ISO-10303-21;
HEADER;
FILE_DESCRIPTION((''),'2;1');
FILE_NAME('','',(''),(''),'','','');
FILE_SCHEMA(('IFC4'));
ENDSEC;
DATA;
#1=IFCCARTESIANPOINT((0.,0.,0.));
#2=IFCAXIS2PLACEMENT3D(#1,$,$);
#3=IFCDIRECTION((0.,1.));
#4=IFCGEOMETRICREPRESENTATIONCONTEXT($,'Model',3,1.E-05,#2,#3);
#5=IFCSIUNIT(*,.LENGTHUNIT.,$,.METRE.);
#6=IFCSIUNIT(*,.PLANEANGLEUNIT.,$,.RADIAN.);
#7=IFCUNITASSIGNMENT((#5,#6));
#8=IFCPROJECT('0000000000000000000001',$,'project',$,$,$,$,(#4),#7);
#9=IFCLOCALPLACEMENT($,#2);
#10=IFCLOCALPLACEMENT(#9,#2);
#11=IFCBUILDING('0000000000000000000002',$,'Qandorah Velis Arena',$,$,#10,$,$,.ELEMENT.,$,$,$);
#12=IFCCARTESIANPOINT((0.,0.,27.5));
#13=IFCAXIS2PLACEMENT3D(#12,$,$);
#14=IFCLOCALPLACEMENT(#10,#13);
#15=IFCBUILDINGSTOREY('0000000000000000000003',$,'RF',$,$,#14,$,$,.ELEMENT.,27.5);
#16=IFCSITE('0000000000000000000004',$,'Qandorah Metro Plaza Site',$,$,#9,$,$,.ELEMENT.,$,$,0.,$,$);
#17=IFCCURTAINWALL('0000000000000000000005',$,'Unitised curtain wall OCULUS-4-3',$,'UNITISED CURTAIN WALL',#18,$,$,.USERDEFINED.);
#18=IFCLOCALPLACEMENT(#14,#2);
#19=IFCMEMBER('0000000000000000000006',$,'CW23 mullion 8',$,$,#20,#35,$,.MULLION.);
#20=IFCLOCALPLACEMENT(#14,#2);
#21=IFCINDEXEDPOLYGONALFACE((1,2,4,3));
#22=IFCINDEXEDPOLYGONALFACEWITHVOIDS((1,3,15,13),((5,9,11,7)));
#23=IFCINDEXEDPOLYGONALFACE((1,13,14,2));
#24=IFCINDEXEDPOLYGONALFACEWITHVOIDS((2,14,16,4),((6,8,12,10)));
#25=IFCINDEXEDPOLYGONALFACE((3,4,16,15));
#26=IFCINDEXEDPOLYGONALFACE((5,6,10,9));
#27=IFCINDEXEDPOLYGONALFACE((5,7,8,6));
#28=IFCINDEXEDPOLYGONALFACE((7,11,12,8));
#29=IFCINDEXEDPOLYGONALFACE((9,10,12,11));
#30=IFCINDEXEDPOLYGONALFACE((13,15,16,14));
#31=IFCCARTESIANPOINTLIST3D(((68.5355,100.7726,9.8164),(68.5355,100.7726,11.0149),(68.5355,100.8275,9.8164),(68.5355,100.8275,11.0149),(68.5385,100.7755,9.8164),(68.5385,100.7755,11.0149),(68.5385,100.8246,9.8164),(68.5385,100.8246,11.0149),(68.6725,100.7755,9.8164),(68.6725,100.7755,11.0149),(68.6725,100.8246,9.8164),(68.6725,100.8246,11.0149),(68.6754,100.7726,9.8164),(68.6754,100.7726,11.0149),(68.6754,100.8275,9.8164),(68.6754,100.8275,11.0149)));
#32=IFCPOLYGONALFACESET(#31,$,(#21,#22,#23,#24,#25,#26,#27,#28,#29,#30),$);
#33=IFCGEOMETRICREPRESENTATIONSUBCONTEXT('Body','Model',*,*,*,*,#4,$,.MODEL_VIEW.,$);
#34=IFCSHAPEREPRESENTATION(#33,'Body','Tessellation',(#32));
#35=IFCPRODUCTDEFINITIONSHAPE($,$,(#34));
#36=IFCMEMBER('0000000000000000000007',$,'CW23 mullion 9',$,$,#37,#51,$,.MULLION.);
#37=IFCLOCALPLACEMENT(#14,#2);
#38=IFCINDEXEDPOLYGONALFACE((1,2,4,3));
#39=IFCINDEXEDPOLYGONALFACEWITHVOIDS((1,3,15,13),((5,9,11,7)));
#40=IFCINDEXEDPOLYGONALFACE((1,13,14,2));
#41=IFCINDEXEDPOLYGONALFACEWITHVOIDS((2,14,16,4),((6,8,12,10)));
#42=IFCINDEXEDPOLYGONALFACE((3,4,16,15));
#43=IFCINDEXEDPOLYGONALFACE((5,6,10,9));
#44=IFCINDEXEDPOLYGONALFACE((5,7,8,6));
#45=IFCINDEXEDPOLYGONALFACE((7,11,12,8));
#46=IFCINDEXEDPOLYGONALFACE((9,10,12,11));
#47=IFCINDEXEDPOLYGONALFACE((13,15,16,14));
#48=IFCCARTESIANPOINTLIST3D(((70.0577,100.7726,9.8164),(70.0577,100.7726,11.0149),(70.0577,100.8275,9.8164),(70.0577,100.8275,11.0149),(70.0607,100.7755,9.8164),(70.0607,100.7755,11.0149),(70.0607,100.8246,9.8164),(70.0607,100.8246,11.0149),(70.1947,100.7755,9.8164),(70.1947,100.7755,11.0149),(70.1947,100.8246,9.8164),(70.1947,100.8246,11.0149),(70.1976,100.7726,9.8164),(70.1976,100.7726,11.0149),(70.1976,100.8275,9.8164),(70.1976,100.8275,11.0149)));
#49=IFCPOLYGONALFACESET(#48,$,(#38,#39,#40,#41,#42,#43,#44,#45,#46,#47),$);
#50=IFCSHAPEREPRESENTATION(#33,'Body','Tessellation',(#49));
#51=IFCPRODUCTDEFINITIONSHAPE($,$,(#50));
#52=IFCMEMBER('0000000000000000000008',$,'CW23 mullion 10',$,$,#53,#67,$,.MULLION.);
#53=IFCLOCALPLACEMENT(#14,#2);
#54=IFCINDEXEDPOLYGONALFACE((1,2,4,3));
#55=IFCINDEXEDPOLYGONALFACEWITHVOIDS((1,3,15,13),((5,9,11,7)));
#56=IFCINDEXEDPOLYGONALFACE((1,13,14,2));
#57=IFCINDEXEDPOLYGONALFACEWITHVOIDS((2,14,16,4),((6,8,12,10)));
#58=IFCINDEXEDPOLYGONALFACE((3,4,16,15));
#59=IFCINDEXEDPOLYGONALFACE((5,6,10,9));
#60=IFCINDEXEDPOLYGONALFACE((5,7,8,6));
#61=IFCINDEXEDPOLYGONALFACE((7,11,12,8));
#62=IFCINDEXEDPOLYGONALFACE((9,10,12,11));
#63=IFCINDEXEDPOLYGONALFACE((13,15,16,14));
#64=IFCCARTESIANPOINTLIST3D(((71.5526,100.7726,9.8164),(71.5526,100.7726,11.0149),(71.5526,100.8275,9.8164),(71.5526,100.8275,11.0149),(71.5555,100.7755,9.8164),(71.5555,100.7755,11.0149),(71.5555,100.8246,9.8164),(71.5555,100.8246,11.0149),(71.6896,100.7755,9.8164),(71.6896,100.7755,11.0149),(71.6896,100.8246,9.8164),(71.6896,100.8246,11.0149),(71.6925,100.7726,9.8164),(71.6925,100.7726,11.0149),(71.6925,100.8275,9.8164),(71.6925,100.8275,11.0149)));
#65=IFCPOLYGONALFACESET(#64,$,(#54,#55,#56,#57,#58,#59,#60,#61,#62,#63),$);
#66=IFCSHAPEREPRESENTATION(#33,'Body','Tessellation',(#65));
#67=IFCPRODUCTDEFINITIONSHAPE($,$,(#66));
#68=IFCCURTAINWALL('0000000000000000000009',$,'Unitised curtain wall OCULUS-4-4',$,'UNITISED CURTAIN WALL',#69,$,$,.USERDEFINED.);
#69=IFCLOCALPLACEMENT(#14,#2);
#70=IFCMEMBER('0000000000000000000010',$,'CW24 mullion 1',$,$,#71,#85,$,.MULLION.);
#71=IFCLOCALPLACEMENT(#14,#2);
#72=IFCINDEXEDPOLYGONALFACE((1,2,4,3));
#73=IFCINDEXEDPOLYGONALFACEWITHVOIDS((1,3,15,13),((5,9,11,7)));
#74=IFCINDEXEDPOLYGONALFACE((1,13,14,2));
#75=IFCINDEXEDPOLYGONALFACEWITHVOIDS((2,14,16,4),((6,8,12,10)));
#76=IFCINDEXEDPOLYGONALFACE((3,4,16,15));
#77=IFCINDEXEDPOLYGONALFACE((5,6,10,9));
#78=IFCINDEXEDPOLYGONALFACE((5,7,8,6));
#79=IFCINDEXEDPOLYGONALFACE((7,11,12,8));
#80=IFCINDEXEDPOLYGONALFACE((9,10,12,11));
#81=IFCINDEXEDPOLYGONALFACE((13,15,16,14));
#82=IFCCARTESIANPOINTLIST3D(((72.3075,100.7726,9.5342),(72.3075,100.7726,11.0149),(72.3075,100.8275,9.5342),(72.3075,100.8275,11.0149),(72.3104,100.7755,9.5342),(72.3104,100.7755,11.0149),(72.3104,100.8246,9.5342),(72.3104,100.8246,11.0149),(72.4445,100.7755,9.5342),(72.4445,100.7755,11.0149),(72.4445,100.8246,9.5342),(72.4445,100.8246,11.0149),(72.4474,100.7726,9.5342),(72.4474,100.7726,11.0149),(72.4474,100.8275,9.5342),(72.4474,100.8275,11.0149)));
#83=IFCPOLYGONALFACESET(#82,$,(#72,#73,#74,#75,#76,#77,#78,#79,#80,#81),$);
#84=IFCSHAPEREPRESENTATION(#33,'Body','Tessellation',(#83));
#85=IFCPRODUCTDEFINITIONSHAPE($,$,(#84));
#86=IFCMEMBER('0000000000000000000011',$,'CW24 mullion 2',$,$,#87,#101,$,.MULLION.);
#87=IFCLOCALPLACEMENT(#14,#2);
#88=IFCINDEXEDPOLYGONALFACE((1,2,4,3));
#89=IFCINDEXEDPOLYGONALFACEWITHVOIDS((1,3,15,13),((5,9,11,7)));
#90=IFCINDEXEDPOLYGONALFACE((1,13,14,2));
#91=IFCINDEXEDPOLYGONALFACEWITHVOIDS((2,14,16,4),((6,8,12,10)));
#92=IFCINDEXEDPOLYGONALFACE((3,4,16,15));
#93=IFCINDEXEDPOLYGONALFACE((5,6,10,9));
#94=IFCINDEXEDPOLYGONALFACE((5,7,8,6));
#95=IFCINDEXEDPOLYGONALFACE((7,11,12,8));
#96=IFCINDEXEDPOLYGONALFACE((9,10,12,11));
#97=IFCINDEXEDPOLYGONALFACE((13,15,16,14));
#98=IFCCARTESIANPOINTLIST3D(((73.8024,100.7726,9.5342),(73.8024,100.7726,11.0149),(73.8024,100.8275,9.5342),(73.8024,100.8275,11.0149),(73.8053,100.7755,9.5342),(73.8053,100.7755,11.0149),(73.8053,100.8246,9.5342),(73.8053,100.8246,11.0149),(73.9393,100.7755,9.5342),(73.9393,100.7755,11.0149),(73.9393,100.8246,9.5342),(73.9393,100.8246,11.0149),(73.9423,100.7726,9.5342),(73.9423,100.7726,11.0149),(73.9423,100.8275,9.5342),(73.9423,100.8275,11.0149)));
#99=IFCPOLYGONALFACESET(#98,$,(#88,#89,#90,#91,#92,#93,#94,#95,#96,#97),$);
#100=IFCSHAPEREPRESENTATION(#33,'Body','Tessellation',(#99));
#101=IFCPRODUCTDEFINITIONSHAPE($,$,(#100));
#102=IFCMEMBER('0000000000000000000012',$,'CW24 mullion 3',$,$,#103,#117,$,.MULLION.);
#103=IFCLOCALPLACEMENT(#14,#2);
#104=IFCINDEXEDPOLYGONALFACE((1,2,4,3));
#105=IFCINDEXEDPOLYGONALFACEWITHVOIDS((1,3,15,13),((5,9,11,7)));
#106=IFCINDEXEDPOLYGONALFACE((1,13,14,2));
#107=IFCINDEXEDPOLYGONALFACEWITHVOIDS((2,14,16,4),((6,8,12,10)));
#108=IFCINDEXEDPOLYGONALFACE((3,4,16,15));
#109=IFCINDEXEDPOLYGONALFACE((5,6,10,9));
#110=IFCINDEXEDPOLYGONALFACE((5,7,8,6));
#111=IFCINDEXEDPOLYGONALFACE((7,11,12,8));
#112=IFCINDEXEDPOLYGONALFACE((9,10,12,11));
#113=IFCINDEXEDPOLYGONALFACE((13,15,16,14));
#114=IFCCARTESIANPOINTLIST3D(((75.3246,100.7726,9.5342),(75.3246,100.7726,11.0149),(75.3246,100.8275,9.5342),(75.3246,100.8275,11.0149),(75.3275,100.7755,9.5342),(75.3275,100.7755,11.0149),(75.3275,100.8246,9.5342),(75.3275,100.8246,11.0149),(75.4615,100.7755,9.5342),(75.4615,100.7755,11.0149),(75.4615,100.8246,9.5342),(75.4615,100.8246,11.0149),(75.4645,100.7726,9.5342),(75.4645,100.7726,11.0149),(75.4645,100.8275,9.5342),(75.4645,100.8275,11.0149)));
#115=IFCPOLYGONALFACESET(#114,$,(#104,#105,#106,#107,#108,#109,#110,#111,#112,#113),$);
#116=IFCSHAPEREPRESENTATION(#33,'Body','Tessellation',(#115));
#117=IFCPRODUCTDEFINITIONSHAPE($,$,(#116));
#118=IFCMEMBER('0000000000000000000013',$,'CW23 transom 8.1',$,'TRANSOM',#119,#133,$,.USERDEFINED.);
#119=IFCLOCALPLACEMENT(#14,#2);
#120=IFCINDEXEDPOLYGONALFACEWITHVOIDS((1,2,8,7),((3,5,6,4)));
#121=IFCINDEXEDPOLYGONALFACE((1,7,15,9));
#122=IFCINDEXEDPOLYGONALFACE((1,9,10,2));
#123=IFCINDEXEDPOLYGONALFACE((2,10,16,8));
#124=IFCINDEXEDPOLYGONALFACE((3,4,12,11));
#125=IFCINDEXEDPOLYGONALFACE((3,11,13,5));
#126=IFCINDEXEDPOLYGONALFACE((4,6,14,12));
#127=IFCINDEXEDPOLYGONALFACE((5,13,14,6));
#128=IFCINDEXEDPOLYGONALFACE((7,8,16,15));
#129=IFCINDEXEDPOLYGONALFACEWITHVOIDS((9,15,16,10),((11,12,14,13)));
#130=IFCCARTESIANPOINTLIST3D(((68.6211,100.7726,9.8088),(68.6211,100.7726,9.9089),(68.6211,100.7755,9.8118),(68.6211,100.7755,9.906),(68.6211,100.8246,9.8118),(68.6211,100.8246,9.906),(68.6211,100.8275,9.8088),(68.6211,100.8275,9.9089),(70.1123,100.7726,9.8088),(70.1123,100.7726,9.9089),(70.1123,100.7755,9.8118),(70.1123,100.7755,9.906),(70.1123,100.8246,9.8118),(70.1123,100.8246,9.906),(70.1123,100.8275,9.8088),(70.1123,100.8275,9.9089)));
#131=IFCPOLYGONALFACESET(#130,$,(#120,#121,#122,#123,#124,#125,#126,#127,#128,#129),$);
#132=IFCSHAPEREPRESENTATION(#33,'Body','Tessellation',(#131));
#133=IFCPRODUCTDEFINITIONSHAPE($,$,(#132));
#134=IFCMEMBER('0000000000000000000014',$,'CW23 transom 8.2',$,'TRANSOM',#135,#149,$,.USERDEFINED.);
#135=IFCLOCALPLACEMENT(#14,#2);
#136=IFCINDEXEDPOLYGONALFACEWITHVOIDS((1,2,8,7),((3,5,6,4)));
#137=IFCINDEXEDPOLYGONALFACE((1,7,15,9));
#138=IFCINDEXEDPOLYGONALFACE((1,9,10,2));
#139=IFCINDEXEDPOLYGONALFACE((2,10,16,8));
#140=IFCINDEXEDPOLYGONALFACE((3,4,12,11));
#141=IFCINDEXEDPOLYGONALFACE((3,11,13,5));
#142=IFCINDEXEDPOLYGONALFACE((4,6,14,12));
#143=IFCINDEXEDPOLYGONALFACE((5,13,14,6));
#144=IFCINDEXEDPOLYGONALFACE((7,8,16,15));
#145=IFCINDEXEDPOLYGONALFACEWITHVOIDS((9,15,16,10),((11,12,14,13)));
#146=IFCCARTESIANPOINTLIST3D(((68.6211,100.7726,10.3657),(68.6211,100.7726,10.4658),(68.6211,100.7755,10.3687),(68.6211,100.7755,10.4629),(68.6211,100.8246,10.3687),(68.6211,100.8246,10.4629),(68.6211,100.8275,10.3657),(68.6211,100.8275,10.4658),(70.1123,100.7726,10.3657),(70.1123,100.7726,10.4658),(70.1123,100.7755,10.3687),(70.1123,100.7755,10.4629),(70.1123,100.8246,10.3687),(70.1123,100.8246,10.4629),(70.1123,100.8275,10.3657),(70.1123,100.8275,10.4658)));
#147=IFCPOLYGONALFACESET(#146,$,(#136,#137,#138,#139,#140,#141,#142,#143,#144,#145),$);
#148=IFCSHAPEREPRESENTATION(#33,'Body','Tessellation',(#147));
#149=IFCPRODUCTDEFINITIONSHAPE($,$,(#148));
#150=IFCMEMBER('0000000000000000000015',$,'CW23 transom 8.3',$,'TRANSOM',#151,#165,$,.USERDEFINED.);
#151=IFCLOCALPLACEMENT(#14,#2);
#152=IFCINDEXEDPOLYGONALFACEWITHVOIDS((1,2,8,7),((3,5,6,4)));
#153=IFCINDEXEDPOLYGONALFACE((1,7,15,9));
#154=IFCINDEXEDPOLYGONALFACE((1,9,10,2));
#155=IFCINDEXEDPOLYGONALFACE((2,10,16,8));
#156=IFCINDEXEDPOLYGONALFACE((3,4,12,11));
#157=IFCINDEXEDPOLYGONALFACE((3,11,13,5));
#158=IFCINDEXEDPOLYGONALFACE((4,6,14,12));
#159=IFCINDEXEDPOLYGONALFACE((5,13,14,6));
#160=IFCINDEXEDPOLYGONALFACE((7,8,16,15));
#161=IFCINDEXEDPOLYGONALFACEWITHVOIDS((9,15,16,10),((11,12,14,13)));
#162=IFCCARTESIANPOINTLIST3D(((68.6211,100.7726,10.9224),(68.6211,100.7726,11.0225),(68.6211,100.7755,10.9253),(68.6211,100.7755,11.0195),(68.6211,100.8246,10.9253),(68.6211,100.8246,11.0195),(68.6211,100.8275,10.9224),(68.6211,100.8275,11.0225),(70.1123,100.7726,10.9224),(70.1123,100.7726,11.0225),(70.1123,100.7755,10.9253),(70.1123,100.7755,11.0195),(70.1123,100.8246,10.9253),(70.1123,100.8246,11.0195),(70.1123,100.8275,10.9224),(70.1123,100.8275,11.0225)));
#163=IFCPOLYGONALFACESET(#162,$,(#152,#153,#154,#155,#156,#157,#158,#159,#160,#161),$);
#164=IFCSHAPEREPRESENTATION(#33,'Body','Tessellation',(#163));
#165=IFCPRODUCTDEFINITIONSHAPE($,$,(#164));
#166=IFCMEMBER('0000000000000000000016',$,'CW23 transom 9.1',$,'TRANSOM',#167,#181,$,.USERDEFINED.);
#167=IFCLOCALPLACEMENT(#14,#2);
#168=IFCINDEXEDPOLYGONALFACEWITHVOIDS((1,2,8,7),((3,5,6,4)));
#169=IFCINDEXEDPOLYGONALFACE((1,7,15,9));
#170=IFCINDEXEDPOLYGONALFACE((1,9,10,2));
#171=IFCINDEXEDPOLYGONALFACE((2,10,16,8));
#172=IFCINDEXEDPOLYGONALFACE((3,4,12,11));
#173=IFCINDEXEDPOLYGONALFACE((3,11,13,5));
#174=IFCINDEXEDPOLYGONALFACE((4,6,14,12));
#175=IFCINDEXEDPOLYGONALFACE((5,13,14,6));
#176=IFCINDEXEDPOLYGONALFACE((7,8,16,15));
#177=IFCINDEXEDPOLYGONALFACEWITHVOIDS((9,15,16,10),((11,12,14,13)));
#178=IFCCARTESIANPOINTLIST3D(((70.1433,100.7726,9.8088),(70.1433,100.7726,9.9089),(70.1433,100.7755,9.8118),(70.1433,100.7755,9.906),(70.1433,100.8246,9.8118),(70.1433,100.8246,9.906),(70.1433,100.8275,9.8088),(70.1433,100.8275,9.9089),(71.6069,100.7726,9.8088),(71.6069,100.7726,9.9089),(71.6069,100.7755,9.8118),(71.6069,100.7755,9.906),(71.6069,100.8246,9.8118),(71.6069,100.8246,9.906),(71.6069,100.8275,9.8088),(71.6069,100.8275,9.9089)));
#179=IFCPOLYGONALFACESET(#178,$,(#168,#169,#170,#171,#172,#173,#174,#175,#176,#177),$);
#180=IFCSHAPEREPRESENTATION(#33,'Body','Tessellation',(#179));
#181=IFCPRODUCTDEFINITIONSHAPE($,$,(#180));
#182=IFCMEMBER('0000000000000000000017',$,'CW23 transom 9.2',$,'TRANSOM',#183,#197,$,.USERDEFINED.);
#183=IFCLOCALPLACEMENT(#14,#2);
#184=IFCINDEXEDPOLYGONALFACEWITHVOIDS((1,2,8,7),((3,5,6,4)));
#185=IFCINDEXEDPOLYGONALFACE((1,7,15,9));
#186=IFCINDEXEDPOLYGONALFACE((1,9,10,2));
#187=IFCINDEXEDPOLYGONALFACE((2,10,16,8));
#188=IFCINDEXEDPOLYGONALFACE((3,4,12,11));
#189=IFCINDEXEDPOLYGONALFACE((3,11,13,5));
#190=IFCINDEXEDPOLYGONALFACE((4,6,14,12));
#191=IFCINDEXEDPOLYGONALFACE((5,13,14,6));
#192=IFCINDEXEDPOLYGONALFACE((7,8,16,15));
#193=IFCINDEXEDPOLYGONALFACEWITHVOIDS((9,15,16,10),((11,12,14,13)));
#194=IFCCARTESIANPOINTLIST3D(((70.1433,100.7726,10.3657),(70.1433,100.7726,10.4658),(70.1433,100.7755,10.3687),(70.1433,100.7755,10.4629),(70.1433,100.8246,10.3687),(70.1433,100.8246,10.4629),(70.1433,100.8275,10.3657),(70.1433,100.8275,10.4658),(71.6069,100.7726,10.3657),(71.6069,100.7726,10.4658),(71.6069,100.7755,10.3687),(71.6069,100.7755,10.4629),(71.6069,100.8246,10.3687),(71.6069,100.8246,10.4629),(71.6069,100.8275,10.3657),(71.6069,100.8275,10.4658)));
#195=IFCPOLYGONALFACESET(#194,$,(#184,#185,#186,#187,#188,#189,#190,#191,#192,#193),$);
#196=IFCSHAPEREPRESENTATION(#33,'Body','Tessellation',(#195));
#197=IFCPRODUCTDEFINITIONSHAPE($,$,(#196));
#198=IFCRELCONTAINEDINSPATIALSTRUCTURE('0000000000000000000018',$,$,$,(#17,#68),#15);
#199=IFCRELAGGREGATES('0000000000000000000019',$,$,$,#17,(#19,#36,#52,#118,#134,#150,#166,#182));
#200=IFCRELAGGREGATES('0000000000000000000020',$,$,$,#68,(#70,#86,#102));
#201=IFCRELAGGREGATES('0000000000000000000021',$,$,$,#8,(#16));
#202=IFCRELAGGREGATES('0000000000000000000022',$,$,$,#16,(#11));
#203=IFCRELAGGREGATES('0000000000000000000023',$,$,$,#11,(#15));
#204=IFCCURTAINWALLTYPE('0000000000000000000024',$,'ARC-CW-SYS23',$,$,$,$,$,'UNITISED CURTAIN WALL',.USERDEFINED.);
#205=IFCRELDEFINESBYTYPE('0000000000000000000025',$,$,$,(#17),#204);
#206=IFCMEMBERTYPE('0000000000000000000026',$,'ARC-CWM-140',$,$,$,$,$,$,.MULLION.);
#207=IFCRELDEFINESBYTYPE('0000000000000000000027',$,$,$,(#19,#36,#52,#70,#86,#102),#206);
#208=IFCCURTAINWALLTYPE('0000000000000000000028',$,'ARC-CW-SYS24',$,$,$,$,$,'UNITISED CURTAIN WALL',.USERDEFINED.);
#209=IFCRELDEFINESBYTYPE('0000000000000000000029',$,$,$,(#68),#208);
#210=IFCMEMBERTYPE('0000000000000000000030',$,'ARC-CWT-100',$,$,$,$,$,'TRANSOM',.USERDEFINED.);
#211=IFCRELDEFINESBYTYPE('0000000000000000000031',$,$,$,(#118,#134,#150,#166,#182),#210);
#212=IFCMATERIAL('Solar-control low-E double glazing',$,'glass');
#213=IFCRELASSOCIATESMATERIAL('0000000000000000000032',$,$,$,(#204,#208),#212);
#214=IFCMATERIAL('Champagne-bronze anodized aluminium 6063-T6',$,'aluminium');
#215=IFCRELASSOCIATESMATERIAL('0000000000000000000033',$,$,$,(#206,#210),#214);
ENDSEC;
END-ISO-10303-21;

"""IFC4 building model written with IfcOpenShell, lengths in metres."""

from ifc_helpers import new_model, si_unit, direction, frame, origin, origin_2d, place, context, subcontext, project, spatial, hollow_rectangle, extrude, material, material_profile, profile_set, type_object, element, aggregate, save


model = new_model("IFC4")

# Units and contexts
model_context = context("Model", 3, precision=1e-05, world=origin(), true_north=direction((0.0, 1.0)))
body_context = subcontext(model_context, "Body", "Model", "MODEL_VIEW")
ifc_project = project(units=[si_unit("LENGTHUNIT", "METRE"), si_unit("PLANEANGLEUNIT", "RADIAN")], contexts=[model_context])

# Site, building, storey
site_placement = place(None, origin())
site = spatial("IfcSite", under=ifc_project, at=site_placement, Name="Qandorah Metro Plaza Site", CompositionType="ELEMENT", RefElevation=0.0)
building_placement = place(site_placement, origin())
building = spatial("IfcBuilding", under=site, at=building_placement, Name="Qandorah Velis Arena", CompositionType="ELEMENT")
storey_placement = place(building_placement, frame((0.0, 0.0, 27.5)))
storey = spatial("IfcBuildingStorey", under=building, at=storey_placement, Name="RF", CompositionType="ELEMENT", Elevation=27.5)

# Curtain walls, members
ifc_material_1 = material(Name="Solar-control low-E double glazing", Category="glass")
curtain_wall_type_1 = type_object("IfcCurtainWallType", Name="ARC-CW-SYS23", ElementType="UNITISED CURTAIN WALL", PredefinedType="USERDEFINED", material=ifc_material_1)
curtain_wall_1_placement = place(storey_placement, origin())
curtain_wall_1 = element("IfcCurtainWall", 1, at=curtain_wall_1_placement, inside=storey, type_object=curtain_wall_type_1, Name="Unitised curtain wall OCULUS-4-3", ObjectType="UNITISED CURTAIN WALL", PredefinedType="USERDEFINED")
ifc_material_2 = material(Name="Champagne-bronze anodized aluminium 6063-T6", Category="aluminium")
ifc_material_profile_1 = material_profile(ifc_material_2, hollow_rectangle(XDim=0.0549, YDim=0.1399, WallThickness=0.0029, at=origin_2d()), Name="ALU MULLION 55x140")
ifc_profile_set_1 = profile_set([ifc_material_profile_1], Name="Champagne-bronze anodized aluminium 6063-T6")
member_type_1 = type_object("IfcMemberType", Name="ARC-CWM-140", PredefinedType="MULLION", material=ifc_profile_set_1)
member_1_placement = place(storey_placement, frame((68.6055, 100.8, 9.8164), z_axis=(0.0, 0.0, 1.0), x_axis=(0.0, 1.0, 0.0)))
member_1 = element("IfcMember", 2, at=member_1_placement, type_object=member_type_1, Name="CW23 mullion 8", PredefinedType="MULLION", context=body_context, shape_type="SweptSolid", body=[
    extrude(hollow_rectangle(XDim=0.0549, YDim=0.1399, WallThickness=0.0029, at=origin_2d()), origin(), (0.0, 0.0, 1.0), 1.1985),
])
member_2_placement = place(storey_placement, frame((70.1277, 100.8, 9.8164), z_axis=(0.0, 0.0, 1.0), x_axis=(0.0, 1.0, 0.0)))
member_2 = element("IfcMember", 3, at=member_2_placement, type_object=member_type_1, Name="CW23 mullion 9", PredefinedType="MULLION", context=body_context, shape_type="SweptSolid", body=[
    extrude(hollow_rectangle(XDim=0.0549, YDim=0.1399, WallThickness=0.0029, at=origin_2d()), origin(), (0.0, 0.0, 1.0), 1.1985),
])
member_3_placement = place(storey_placement, frame((71.6226, 100.8, 9.8164), z_axis=(0.0, 0.0, 1.0), x_axis=(0.0, 1.0, 0.0)))
member_3 = element("IfcMember", 4, at=member_3_placement, type_object=member_type_1, Name="CW23 mullion 10", PredefinedType="MULLION", context=body_context, shape_type="SweptSolid", body=[
    extrude(hollow_rectangle(XDim=0.0549, YDim=0.1399, WallThickness=0.0029, at=origin_2d()), origin(), (0.0, 0.0, 1.0), 1.1985),
])
curtain_wall_type_2 = type_object("IfcCurtainWallType", Name="ARC-CW-SYS24", ElementType="UNITISED CURTAIN WALL", PredefinedType="USERDEFINED", material=ifc_material_1)
curtain_wall_2_placement = place(storey_placement, origin())
curtain_wall_2 = element("IfcCurtainWall", 5, at=curtain_wall_2_placement, inside=storey, type_object=curtain_wall_type_2, Name="Unitised curtain wall OCULUS-4-4", ObjectType="UNITISED CURTAIN WALL", PredefinedType="USERDEFINED")
member_4_placement = place(storey_placement, frame((72.3774, 100.8, 9.5342), z_axis=(0.0, 0.0, 1.0), x_axis=(0.0, 1.0, 0.0)))
member_4 = element("IfcMember", 6, at=member_4_placement, type_object=member_type_1, Name="CW24 mullion 1", PredefinedType="MULLION", context=body_context, shape_type="SweptSolid", body=[
    extrude(hollow_rectangle(XDim=0.0549, YDim=0.1399, WallThickness=0.0029, at=origin_2d()), origin(), (0.0, 0.0, 1.0), 1.4807),
])
member_5_placement = place(storey_placement, frame((73.8723, 100.8, 9.5342), z_axis=(0.0, 0.0, 1.0), x_axis=(0.0, 1.0, 0.0)))
member_5 = element("IfcMember", 7, at=member_5_placement, type_object=member_type_1, Name="CW24 mullion 2", PredefinedType="MULLION", context=body_context, shape_type="SweptSolid", body=[
    extrude(hollow_rectangle(XDim=0.0549, YDim=0.1399, WallThickness=0.0029, at=origin_2d()), origin(), (0.0, 0.0, 1.0), 1.4807),
])
member_6_placement = place(storey_placement, frame((75.3945, 100.8, 9.5342), z_axis=(0.0, 0.0, 1.0), x_axis=(0.0, 1.0, 0.0)))
member_6 = element("IfcMember", 8, at=member_6_placement, type_object=member_type_1, Name="CW24 mullion 3", PredefinedType="MULLION", context=body_context, shape_type="SweptSolid", body=[
    extrude(hollow_rectangle(XDim=0.0549, YDim=0.1399, WallThickness=0.0029, at=origin_2d()), origin(), (0.0, 0.0, 1.0), 1.4807),
])

# Members
ifc_material_profile_2 = material_profile(ifc_material_2, hollow_rectangle(XDim=0.0549, YDim=0.1001, WallThickness=0.0029, at=origin_2d()), Name="ALU TRANSOM 55x100")
ifc_profile_set_2 = profile_set([ifc_material_profile_2], Name="Champagne-bronze anodized aluminium 6063-T6")
member_type_2 = type_object("IfcMemberType", Name="ARC-CWT-100", ElementType="TRANSOM", PredefinedType="USERDEFINED", material=ifc_profile_set_2)
member_7_placement = place(storey_placement, frame((68.6211, 100.8, 9.8589), z_axis=(1.0, 0.0, 0.0), x_axis=(0.0, 1.0, 0.0)))
member_7 = element("IfcMember", 9, at=member_7_placement, type_object=member_type_2, Name="CW23 transom 8.1", ObjectType="TRANSOM", PredefinedType="USERDEFINED", context=body_context, shape_type="SweptSolid", body=[
    extrude(hollow_rectangle(XDim=0.0549, YDim=0.1001, WallThickness=0.0029, at=origin_2d()), origin(), (0.0, 0.0, 1.0), 1.4912),
])
member_8_placement = place(storey_placement, frame((68.6211, 100.8, 10.4158), z_axis=(1.0, 0.0, 0.0), x_axis=(0.0, 1.0, 0.0)))
member_8 = element("IfcMember", 10, at=member_8_placement, type_object=member_type_2, Name="CW23 transom 8.2", ObjectType="TRANSOM", PredefinedType="USERDEFINED", context=body_context, shape_type="SweptSolid", body=[
    extrude(hollow_rectangle(XDim=0.0549, YDim=0.1001, WallThickness=0.0029, at=origin_2d()), origin(), (0.0, 0.0, 1.0), 1.4912),
])
member_9_placement = place(storey_placement, frame((68.6211, 100.8, 10.9724), z_axis=(1.0, 0.0, 0.0), x_axis=(0.0, 1.0, 0.0)))
member_9 = element("IfcMember", 11, at=member_9_placement, type_object=member_type_2, Name="CW23 transom 8.3", ObjectType="TRANSOM", PredefinedType="USERDEFINED", context=body_context, shape_type="SweptSolid", body=[
    extrude(hollow_rectangle(XDim=0.0549, YDim=0.1001, WallThickness=0.0029, at=origin_2d()), origin(), (0.0, 0.0, 1.0), 1.4912),
])
member_10_placement = place(storey_placement, frame((70.1433, 100.8, 9.8589), z_axis=(1.0, 0.0, 0.0), x_axis=(0.0, 1.0, 0.0)))
member_10 = element("IfcMember", 12, at=member_10_placement, type_object=member_type_2, Name="CW23 transom 9.1", ObjectType="TRANSOM", PredefinedType="USERDEFINED", context=body_context, shape_type="SweptSolid", body=[
    extrude(hollow_rectangle(XDim=0.0549, YDim=0.1001, WallThickness=0.0029, at=origin_2d()), origin(), (0.0, 0.0, 1.0), 1.4636),
])
member_11_placement = place(storey_placement, frame((70.1433, 100.8, 10.4158), z_axis=(1.0, 0.0, 0.0), x_axis=(0.0, 1.0, 0.0)))
member_11 = element("IfcMember", 13, at=member_11_placement, type_object=member_type_2, Name="CW23 transom 9.2", ObjectType="TRANSOM", PredefinedType="USERDEFINED", context=body_context, shape_type="SweptSolid", body=[
    extrude(hollow_rectangle(XDim=0.0549, YDim=0.1001, WallThickness=0.0029, at=origin_2d()), origin(), (0.0, 0.0, 1.0), 1.4636),
])

aggregate(curtain_wall_1, [member_1, member_2, member_3, member_7, member_8, member_9, member_10, member_11])
aggregate(curtain_wall_2, [member_4, member_5, member_6])

save(model, "model.ifc")
